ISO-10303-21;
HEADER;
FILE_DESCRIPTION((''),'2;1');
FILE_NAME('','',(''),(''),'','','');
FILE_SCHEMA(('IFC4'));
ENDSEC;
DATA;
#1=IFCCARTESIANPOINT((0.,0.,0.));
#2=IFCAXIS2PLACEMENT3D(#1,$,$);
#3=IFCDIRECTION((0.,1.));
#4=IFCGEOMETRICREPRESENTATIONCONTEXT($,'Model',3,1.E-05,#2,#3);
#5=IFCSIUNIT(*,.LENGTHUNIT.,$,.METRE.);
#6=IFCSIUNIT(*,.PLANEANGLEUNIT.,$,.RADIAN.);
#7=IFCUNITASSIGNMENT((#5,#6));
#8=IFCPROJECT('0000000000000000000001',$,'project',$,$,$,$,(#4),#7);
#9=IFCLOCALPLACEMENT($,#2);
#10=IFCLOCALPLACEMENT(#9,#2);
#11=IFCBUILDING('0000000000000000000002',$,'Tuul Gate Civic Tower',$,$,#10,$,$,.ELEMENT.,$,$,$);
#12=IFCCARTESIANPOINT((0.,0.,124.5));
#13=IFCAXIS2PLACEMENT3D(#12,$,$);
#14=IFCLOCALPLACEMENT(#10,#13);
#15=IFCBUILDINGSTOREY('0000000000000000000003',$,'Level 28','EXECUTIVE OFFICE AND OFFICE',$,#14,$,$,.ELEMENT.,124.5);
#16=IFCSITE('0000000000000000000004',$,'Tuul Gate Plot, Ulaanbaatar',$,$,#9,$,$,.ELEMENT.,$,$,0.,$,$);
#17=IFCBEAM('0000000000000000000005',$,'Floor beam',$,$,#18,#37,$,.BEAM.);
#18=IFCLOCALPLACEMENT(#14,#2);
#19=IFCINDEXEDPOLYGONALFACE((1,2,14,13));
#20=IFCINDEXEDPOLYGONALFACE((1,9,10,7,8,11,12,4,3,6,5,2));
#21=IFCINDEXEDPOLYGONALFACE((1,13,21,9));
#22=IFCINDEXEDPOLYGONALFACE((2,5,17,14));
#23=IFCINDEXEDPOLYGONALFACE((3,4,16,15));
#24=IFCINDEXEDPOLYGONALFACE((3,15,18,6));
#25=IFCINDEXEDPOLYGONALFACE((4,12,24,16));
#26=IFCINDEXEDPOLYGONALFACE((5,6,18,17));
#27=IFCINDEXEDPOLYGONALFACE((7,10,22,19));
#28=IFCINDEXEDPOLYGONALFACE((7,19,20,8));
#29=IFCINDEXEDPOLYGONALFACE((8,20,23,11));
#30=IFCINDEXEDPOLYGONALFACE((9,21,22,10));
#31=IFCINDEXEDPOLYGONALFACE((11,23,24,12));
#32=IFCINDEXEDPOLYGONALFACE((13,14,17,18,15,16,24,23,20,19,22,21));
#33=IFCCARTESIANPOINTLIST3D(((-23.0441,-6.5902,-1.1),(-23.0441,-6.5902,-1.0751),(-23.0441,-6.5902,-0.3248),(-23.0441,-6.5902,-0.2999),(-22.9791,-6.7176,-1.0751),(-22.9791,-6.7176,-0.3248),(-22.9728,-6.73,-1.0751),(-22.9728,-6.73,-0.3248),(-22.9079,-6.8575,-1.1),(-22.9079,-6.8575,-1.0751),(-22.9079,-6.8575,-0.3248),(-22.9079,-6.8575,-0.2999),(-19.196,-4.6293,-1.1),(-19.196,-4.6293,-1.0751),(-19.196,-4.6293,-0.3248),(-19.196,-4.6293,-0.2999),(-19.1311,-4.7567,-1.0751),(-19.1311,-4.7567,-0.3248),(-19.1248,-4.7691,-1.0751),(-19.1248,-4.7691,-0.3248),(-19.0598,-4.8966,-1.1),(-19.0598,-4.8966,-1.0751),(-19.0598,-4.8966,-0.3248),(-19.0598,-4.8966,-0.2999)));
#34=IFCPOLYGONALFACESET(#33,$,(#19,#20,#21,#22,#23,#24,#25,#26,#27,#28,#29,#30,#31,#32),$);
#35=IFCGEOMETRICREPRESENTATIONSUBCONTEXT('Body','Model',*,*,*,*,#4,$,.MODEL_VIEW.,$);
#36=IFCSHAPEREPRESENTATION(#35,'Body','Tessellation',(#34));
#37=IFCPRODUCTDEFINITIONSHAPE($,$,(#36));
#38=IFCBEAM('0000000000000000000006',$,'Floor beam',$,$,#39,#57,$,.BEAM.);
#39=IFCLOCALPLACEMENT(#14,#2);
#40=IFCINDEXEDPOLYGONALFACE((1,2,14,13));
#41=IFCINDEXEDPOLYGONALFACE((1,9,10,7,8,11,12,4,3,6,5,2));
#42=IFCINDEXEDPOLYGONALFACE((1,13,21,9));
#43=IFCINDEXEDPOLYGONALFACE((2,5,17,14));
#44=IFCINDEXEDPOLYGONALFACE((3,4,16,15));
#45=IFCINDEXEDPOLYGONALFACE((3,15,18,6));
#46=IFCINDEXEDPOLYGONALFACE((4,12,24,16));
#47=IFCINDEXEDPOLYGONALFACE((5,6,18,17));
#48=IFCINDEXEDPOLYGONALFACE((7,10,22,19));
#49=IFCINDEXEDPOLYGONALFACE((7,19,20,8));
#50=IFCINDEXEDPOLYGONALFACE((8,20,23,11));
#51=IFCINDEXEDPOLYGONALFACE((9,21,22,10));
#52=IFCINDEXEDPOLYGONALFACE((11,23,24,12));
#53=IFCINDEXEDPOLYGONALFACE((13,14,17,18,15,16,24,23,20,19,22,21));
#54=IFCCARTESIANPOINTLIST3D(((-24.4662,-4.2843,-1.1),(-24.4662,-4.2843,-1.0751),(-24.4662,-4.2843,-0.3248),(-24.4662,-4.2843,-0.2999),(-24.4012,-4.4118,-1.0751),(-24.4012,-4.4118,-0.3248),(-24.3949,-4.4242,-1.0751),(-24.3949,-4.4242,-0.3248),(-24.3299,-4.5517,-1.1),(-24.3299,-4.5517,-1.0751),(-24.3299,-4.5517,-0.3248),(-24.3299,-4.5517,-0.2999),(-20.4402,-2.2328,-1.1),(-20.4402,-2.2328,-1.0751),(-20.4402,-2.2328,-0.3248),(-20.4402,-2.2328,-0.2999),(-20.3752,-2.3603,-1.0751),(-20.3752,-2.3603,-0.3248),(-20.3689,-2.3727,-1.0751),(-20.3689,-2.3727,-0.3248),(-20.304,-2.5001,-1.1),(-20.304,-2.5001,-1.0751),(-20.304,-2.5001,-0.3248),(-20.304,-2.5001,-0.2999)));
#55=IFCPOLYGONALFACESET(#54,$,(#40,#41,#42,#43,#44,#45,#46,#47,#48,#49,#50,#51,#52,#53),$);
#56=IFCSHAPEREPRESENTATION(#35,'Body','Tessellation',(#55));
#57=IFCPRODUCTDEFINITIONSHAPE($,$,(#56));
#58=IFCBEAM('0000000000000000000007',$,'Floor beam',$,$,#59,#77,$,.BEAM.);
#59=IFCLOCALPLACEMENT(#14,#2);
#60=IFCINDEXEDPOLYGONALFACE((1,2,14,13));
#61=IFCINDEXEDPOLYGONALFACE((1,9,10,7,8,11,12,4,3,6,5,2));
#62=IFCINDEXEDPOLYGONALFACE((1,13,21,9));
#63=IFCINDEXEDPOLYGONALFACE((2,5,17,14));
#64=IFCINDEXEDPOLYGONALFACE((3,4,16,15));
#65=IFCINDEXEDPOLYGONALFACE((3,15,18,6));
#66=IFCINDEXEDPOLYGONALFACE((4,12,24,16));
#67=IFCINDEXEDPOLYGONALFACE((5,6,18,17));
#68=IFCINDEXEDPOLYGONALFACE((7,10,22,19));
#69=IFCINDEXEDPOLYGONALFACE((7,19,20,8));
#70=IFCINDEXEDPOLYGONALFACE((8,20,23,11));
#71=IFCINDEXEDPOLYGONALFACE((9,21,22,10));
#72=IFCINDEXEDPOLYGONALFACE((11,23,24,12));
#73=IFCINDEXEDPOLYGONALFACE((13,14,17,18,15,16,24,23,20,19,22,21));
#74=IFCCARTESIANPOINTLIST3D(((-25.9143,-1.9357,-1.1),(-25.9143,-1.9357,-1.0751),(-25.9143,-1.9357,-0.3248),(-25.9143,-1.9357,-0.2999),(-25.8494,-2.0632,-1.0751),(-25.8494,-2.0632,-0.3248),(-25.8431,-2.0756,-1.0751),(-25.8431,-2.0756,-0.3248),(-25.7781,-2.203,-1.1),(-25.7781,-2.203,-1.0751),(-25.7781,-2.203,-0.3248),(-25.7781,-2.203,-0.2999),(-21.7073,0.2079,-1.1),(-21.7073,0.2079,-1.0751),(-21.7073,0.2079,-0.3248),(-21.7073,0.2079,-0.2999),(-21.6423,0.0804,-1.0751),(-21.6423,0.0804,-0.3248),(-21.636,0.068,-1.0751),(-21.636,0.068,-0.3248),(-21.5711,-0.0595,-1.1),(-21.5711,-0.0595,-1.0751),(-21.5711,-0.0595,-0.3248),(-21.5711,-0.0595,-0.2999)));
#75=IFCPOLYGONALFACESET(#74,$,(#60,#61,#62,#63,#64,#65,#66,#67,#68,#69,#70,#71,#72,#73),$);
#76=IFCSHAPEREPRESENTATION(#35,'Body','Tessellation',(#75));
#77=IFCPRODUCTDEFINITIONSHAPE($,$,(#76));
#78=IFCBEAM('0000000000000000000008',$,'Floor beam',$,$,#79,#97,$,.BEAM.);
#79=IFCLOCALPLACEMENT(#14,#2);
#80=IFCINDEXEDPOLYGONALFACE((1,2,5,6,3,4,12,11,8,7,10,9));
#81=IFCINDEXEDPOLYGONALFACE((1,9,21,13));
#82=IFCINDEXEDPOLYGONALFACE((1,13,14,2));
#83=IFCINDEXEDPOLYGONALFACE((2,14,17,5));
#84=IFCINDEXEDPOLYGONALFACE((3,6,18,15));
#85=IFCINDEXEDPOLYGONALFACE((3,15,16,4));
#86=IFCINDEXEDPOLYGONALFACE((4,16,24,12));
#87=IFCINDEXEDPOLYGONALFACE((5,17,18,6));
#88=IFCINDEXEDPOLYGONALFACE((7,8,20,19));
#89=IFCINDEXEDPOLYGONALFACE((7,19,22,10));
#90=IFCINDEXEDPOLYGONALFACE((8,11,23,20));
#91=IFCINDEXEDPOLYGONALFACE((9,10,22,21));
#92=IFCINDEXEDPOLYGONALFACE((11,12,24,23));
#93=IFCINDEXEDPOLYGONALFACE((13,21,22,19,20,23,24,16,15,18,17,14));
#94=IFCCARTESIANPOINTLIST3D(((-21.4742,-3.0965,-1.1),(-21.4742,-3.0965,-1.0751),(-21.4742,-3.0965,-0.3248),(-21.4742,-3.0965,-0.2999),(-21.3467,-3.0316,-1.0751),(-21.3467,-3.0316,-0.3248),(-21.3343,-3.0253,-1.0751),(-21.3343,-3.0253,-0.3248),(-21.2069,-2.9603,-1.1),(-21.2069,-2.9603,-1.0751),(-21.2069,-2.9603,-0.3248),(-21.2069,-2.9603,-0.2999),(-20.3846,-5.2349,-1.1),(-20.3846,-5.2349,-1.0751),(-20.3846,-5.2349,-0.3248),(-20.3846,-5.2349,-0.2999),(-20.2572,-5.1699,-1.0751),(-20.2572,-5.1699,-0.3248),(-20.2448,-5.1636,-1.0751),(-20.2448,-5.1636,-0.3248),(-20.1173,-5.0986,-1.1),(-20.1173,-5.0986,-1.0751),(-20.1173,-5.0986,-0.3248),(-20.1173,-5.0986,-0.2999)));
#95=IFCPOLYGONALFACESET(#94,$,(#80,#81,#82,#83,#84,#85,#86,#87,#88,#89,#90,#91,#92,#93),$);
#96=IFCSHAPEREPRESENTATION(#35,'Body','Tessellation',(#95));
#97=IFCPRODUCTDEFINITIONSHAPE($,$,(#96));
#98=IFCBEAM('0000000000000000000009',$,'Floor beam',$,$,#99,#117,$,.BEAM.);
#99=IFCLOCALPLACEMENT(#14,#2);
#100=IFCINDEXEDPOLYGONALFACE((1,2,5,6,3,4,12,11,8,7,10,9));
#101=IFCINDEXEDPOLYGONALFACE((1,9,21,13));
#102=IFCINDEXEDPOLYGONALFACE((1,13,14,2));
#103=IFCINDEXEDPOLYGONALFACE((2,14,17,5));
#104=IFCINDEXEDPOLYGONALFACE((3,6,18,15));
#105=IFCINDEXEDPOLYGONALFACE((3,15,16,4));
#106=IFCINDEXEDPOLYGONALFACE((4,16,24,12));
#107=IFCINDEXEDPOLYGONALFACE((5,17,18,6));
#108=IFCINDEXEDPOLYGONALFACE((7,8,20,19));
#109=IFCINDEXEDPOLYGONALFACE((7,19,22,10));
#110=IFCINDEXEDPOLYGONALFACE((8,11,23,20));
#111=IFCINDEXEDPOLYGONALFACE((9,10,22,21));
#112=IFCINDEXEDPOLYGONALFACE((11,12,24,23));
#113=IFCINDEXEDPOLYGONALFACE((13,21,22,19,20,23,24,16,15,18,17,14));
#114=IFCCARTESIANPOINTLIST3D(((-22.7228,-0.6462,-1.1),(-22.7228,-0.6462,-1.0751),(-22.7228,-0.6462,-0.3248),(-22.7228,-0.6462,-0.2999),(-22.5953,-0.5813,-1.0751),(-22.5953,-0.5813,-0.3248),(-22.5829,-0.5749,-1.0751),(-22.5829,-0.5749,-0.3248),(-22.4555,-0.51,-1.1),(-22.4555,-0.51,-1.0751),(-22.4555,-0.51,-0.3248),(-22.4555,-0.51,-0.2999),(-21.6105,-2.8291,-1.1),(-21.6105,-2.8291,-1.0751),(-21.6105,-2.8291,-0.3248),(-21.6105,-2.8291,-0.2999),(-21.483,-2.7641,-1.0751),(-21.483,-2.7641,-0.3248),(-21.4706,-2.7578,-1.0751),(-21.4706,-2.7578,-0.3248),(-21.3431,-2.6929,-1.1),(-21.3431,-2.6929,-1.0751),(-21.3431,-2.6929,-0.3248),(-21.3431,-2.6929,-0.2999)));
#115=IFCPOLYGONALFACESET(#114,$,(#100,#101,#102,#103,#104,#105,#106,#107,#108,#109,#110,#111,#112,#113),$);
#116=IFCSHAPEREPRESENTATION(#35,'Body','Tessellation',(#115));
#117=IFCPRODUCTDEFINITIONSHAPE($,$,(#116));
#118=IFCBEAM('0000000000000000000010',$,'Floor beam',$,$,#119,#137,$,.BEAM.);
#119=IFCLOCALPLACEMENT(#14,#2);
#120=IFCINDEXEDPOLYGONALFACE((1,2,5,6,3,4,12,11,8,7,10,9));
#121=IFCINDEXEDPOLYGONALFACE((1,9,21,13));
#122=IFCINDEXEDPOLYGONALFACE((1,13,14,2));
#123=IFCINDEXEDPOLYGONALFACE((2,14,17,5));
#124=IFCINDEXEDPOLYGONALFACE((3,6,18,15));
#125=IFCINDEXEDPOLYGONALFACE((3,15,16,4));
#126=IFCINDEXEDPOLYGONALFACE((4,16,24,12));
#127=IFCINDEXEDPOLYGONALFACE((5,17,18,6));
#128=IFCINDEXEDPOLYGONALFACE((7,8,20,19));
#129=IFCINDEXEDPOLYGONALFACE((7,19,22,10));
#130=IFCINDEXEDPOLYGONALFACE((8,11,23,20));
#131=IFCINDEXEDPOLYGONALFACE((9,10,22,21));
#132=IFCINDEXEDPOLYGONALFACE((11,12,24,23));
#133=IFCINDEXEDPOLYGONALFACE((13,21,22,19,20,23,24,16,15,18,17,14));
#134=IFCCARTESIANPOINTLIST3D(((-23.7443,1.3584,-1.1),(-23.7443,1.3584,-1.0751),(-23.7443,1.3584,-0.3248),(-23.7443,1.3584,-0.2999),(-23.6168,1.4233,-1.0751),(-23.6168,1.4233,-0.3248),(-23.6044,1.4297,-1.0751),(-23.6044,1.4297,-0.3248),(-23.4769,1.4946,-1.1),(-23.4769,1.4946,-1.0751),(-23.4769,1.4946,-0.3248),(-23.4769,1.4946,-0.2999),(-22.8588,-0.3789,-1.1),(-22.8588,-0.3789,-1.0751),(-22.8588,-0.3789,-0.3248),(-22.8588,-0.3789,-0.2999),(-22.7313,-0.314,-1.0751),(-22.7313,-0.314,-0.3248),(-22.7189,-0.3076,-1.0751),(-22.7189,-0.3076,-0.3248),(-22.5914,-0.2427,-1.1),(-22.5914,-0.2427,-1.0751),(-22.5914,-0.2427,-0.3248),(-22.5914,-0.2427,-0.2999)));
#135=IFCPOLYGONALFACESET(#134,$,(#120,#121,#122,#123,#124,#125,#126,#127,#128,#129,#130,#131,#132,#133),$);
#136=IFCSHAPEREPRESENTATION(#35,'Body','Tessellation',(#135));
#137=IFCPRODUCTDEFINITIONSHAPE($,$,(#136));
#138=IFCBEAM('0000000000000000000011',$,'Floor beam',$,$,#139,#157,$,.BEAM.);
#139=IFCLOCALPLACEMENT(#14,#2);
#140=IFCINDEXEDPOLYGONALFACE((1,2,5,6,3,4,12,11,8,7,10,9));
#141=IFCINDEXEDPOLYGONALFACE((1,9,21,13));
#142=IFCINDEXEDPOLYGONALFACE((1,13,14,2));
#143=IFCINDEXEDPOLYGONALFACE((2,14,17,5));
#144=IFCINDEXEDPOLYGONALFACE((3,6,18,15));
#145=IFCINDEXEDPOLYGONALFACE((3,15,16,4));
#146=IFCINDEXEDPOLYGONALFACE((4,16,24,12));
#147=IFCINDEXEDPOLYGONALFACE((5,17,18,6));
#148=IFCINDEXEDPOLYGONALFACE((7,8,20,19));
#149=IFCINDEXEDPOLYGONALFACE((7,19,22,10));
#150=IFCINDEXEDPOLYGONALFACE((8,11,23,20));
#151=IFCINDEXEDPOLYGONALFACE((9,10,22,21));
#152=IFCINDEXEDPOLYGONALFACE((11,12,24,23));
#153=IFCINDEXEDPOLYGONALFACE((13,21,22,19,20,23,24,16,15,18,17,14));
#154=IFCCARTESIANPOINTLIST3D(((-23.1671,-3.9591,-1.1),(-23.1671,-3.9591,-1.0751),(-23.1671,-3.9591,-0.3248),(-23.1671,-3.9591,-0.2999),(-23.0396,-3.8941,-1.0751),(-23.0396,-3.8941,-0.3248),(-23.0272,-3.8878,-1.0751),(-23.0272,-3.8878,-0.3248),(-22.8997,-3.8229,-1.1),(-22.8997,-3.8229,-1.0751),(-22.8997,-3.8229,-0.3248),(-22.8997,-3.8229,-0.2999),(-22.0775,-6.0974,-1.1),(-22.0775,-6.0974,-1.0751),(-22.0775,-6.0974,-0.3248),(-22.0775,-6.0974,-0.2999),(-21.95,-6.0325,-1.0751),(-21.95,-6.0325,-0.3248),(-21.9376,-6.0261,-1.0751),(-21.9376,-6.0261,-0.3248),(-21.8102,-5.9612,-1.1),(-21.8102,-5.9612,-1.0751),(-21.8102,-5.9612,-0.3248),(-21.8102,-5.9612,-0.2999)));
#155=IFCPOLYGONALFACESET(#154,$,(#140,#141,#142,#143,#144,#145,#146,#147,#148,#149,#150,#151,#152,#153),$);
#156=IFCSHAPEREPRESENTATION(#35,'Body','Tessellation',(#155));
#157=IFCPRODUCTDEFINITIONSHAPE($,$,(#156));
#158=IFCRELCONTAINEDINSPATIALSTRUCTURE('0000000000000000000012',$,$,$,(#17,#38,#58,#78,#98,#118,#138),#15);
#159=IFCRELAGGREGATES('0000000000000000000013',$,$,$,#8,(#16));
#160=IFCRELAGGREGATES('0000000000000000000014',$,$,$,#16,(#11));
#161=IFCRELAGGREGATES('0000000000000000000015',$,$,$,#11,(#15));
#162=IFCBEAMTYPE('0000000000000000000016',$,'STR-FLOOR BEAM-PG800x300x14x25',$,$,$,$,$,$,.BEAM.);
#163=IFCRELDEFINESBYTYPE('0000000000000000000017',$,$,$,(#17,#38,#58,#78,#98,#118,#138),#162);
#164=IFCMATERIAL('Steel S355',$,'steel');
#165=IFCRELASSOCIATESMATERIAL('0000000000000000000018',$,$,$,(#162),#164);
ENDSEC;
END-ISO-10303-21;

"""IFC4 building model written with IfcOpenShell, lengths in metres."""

from ifc_helpers import new_model, si_unit, direction, frame, origin, origin_2d, place, context, subcontext, project, spatial, i_section, extrude, material, material_profile, profile_set, type_object, element, save


model = new_model("IFC4")

# Units and contexts
model_context = context("Model", 3, precision=1e-05, world=origin(), true_north=direction((0.0, 1.0)))
body_context = subcontext(model_context, "Body", "Model", "MODEL_VIEW")
ifc_project = project(units=[si_unit("LENGTHUNIT", "METRE"), si_unit("PLANEANGLEUNIT", "RADIAN")], contexts=[model_context])

# Site, building, storey
site_placement = place(None, origin())
site = spatial("IfcSite", under=ifc_project, at=site_placement, Name="Tuul Gate Plot, Ulaanbaatar", CompositionType="ELEMENT", RefElevation=0.0)
building_placement = place(site_placement, origin())
building = spatial("IfcBuilding", under=site, at=building_placement, Name="Tuul Gate Civic Tower", CompositionType="ELEMENT")
storey_placement = place(building_placement, frame((0.0, 0.0, 124.5)))
storey = spatial("IfcBuildingStorey", under=building, at=storey_placement, Name="Level 28", Description="EXECUTIVE OFFICE AND OFFICE", CompositionType="ELEMENT", Elevation=124.5)

# Beams
ifc_material_1 = material(Name="Steel S355", Category="steel")
ifc_material_profile = material_profile(ifc_material_1, i_section(OverallWidth=0.3, OverallDepth=0.8, WebThickness=0.0139, FlangeThickness=0.0249, at=origin_2d()), Name="PG800x300x14x25")
ifc_profile_set = profile_set([ifc_material_profile], Name="Steel S355")
beam_type = type_object("IfcBeamType", Name="STR-FLOOR BEAM-PG800x300x14x25", PredefinedType="BEAM", material=ifc_profile_set)
beam_1_placement = place(storey_placement, frame((-19.1279, -4.7629, -0.7), z_axis=(-0.890987, -0.454029, 0.0), x_axis=(0.454029, -0.890987, 0.0)))
element("IfcBeam", 1, at=beam_1_placement, inside=storey, type_object=beam_type, Name="Floor beam", PredefinedType="BEAM", context=body_context, shape_type="SweptSolid", body=[
    extrude(i_section(OverallWidth=0.3, OverallDepth=0.8, WebThickness=0.0139, FlangeThickness=0.0249, at=origin_2d()), origin(), (0.0, 0.0, 1.0), 4.3188),
])
beam_2_placement = place(storey_placement, frame((-20.3721, -2.3665, -0.7), z_axis=(-0.890986, -0.45403, 0.0), x_axis=(0.45403, -0.890986, 0.0)))
element("IfcBeam", 2, at=beam_2_placement, inside=storey, type_object=beam_type, Name="Floor beam", PredefinedType="BEAM", context=body_context, shape_type="SweptSolid", body=[
    extrude(i_section(OverallWidth=0.3, OverallDepth=0.8, WebThickness=0.0139, FlangeThickness=0.0249, at=origin_2d()), origin(), (0.0, 0.0, 1.0), 4.5186),
])
beam_3_placement = place(storey_placement, frame((-21.6392, 0.0742, -0.7), z_axis=(-0.89101, -0.453985, 0.0), x_axis=(0.453985, -0.89101, 0.0)))
element("IfcBeam", 3, at=beam_3_placement, inside=storey, type_object=beam_type, Name="Floor beam", PredefinedType="BEAM", context=body_context, shape_type="SweptSolid", body=[
    extrude(i_section(OverallWidth=0.3, OverallDepth=0.8, WebThickness=0.0139, FlangeThickness=0.0249, at=origin_2d()), origin(), (0.0, 0.0, 1.0), 4.7217),
])
beam_4_placement = place(storey_placement, frame((-20.251, -5.1667, -0.7), z_axis=(-0.453996, 0.891004, 0.0), x_axis=(-0.891004, -0.453996, 0.0)))
element("IfcBeam", 4, at=beam_4_placement, inside=storey, type_object=beam_type, Name="Floor beam", PredefinedType="BEAM", context=body_context, shape_type="SweptSolid", body=[
    extrude(i_section(OverallWidth=0.3, OverallDepth=0.8, WebThickness=0.0139, FlangeThickness=0.0249, at=origin_2d()), origin(), (0.0, 0.0, 1.0), 2.3999),
])
beam_5_placement = place(storey_placement, frame((-21.4768, -2.761, -0.7), z_axis=(-0.454017, 0.890993, 0.0), x_axis=(-0.890993, -0.454017, 0.0)))
element("IfcBeam", 5, at=beam_5_placement, inside=storey, type_object=beam_type, Name="Floor beam", PredefinedType="BEAM", context=body_context, shape_type="SweptSolid", body=[
    extrude(i_section(OverallWidth=0.3, OverallDepth=0.8, WebThickness=0.0139, FlangeThickness=0.0249, at=origin_2d()), origin(), (0.0, 0.0, 1.0), 2.45),
])
beam_6_placement = place(storey_placement, frame((-22.7251, -0.3108, -0.7), z_axis=(-0.454111, 0.890945, 0.0), x_axis=(-0.890945, -0.454111, 0.0)))
element("IfcBeam", 6, at=beam_6_placement, inside=storey, type_object=beam_type, Name="Floor beam", PredefinedType="BEAM", context=body_context, shape_type="SweptSolid", body=[
    extrude(i_section(OverallWidth=0.3, OverallDepth=0.8, WebThickness=0.0139, FlangeThickness=0.0249, at=origin_2d()), origin(), (0.0, 0.0, 1.0), 1.95),
])
beam_7_placement = place(storey_placement, frame((-21.9438, -6.0293, -0.7), z_axis=(-0.453996, 0.891004, 0.0), x_axis=(-0.891004, -0.453996, 0.0)))
element("IfcBeam", 7, at=beam_7_placement, inside=storey, type_object=beam_type, Name="Floor beam", PredefinedType="BEAM", context=body_context, shape_type="SweptSolid", body=[
    extrude(i_section(OverallWidth=0.3, OverallDepth=0.8, WebThickness=0.0139, FlangeThickness=0.0249, at=origin_2d()), origin(), (0.0, 0.0, 1.0), 2.3999),
])

save(model, "model.ifc")
